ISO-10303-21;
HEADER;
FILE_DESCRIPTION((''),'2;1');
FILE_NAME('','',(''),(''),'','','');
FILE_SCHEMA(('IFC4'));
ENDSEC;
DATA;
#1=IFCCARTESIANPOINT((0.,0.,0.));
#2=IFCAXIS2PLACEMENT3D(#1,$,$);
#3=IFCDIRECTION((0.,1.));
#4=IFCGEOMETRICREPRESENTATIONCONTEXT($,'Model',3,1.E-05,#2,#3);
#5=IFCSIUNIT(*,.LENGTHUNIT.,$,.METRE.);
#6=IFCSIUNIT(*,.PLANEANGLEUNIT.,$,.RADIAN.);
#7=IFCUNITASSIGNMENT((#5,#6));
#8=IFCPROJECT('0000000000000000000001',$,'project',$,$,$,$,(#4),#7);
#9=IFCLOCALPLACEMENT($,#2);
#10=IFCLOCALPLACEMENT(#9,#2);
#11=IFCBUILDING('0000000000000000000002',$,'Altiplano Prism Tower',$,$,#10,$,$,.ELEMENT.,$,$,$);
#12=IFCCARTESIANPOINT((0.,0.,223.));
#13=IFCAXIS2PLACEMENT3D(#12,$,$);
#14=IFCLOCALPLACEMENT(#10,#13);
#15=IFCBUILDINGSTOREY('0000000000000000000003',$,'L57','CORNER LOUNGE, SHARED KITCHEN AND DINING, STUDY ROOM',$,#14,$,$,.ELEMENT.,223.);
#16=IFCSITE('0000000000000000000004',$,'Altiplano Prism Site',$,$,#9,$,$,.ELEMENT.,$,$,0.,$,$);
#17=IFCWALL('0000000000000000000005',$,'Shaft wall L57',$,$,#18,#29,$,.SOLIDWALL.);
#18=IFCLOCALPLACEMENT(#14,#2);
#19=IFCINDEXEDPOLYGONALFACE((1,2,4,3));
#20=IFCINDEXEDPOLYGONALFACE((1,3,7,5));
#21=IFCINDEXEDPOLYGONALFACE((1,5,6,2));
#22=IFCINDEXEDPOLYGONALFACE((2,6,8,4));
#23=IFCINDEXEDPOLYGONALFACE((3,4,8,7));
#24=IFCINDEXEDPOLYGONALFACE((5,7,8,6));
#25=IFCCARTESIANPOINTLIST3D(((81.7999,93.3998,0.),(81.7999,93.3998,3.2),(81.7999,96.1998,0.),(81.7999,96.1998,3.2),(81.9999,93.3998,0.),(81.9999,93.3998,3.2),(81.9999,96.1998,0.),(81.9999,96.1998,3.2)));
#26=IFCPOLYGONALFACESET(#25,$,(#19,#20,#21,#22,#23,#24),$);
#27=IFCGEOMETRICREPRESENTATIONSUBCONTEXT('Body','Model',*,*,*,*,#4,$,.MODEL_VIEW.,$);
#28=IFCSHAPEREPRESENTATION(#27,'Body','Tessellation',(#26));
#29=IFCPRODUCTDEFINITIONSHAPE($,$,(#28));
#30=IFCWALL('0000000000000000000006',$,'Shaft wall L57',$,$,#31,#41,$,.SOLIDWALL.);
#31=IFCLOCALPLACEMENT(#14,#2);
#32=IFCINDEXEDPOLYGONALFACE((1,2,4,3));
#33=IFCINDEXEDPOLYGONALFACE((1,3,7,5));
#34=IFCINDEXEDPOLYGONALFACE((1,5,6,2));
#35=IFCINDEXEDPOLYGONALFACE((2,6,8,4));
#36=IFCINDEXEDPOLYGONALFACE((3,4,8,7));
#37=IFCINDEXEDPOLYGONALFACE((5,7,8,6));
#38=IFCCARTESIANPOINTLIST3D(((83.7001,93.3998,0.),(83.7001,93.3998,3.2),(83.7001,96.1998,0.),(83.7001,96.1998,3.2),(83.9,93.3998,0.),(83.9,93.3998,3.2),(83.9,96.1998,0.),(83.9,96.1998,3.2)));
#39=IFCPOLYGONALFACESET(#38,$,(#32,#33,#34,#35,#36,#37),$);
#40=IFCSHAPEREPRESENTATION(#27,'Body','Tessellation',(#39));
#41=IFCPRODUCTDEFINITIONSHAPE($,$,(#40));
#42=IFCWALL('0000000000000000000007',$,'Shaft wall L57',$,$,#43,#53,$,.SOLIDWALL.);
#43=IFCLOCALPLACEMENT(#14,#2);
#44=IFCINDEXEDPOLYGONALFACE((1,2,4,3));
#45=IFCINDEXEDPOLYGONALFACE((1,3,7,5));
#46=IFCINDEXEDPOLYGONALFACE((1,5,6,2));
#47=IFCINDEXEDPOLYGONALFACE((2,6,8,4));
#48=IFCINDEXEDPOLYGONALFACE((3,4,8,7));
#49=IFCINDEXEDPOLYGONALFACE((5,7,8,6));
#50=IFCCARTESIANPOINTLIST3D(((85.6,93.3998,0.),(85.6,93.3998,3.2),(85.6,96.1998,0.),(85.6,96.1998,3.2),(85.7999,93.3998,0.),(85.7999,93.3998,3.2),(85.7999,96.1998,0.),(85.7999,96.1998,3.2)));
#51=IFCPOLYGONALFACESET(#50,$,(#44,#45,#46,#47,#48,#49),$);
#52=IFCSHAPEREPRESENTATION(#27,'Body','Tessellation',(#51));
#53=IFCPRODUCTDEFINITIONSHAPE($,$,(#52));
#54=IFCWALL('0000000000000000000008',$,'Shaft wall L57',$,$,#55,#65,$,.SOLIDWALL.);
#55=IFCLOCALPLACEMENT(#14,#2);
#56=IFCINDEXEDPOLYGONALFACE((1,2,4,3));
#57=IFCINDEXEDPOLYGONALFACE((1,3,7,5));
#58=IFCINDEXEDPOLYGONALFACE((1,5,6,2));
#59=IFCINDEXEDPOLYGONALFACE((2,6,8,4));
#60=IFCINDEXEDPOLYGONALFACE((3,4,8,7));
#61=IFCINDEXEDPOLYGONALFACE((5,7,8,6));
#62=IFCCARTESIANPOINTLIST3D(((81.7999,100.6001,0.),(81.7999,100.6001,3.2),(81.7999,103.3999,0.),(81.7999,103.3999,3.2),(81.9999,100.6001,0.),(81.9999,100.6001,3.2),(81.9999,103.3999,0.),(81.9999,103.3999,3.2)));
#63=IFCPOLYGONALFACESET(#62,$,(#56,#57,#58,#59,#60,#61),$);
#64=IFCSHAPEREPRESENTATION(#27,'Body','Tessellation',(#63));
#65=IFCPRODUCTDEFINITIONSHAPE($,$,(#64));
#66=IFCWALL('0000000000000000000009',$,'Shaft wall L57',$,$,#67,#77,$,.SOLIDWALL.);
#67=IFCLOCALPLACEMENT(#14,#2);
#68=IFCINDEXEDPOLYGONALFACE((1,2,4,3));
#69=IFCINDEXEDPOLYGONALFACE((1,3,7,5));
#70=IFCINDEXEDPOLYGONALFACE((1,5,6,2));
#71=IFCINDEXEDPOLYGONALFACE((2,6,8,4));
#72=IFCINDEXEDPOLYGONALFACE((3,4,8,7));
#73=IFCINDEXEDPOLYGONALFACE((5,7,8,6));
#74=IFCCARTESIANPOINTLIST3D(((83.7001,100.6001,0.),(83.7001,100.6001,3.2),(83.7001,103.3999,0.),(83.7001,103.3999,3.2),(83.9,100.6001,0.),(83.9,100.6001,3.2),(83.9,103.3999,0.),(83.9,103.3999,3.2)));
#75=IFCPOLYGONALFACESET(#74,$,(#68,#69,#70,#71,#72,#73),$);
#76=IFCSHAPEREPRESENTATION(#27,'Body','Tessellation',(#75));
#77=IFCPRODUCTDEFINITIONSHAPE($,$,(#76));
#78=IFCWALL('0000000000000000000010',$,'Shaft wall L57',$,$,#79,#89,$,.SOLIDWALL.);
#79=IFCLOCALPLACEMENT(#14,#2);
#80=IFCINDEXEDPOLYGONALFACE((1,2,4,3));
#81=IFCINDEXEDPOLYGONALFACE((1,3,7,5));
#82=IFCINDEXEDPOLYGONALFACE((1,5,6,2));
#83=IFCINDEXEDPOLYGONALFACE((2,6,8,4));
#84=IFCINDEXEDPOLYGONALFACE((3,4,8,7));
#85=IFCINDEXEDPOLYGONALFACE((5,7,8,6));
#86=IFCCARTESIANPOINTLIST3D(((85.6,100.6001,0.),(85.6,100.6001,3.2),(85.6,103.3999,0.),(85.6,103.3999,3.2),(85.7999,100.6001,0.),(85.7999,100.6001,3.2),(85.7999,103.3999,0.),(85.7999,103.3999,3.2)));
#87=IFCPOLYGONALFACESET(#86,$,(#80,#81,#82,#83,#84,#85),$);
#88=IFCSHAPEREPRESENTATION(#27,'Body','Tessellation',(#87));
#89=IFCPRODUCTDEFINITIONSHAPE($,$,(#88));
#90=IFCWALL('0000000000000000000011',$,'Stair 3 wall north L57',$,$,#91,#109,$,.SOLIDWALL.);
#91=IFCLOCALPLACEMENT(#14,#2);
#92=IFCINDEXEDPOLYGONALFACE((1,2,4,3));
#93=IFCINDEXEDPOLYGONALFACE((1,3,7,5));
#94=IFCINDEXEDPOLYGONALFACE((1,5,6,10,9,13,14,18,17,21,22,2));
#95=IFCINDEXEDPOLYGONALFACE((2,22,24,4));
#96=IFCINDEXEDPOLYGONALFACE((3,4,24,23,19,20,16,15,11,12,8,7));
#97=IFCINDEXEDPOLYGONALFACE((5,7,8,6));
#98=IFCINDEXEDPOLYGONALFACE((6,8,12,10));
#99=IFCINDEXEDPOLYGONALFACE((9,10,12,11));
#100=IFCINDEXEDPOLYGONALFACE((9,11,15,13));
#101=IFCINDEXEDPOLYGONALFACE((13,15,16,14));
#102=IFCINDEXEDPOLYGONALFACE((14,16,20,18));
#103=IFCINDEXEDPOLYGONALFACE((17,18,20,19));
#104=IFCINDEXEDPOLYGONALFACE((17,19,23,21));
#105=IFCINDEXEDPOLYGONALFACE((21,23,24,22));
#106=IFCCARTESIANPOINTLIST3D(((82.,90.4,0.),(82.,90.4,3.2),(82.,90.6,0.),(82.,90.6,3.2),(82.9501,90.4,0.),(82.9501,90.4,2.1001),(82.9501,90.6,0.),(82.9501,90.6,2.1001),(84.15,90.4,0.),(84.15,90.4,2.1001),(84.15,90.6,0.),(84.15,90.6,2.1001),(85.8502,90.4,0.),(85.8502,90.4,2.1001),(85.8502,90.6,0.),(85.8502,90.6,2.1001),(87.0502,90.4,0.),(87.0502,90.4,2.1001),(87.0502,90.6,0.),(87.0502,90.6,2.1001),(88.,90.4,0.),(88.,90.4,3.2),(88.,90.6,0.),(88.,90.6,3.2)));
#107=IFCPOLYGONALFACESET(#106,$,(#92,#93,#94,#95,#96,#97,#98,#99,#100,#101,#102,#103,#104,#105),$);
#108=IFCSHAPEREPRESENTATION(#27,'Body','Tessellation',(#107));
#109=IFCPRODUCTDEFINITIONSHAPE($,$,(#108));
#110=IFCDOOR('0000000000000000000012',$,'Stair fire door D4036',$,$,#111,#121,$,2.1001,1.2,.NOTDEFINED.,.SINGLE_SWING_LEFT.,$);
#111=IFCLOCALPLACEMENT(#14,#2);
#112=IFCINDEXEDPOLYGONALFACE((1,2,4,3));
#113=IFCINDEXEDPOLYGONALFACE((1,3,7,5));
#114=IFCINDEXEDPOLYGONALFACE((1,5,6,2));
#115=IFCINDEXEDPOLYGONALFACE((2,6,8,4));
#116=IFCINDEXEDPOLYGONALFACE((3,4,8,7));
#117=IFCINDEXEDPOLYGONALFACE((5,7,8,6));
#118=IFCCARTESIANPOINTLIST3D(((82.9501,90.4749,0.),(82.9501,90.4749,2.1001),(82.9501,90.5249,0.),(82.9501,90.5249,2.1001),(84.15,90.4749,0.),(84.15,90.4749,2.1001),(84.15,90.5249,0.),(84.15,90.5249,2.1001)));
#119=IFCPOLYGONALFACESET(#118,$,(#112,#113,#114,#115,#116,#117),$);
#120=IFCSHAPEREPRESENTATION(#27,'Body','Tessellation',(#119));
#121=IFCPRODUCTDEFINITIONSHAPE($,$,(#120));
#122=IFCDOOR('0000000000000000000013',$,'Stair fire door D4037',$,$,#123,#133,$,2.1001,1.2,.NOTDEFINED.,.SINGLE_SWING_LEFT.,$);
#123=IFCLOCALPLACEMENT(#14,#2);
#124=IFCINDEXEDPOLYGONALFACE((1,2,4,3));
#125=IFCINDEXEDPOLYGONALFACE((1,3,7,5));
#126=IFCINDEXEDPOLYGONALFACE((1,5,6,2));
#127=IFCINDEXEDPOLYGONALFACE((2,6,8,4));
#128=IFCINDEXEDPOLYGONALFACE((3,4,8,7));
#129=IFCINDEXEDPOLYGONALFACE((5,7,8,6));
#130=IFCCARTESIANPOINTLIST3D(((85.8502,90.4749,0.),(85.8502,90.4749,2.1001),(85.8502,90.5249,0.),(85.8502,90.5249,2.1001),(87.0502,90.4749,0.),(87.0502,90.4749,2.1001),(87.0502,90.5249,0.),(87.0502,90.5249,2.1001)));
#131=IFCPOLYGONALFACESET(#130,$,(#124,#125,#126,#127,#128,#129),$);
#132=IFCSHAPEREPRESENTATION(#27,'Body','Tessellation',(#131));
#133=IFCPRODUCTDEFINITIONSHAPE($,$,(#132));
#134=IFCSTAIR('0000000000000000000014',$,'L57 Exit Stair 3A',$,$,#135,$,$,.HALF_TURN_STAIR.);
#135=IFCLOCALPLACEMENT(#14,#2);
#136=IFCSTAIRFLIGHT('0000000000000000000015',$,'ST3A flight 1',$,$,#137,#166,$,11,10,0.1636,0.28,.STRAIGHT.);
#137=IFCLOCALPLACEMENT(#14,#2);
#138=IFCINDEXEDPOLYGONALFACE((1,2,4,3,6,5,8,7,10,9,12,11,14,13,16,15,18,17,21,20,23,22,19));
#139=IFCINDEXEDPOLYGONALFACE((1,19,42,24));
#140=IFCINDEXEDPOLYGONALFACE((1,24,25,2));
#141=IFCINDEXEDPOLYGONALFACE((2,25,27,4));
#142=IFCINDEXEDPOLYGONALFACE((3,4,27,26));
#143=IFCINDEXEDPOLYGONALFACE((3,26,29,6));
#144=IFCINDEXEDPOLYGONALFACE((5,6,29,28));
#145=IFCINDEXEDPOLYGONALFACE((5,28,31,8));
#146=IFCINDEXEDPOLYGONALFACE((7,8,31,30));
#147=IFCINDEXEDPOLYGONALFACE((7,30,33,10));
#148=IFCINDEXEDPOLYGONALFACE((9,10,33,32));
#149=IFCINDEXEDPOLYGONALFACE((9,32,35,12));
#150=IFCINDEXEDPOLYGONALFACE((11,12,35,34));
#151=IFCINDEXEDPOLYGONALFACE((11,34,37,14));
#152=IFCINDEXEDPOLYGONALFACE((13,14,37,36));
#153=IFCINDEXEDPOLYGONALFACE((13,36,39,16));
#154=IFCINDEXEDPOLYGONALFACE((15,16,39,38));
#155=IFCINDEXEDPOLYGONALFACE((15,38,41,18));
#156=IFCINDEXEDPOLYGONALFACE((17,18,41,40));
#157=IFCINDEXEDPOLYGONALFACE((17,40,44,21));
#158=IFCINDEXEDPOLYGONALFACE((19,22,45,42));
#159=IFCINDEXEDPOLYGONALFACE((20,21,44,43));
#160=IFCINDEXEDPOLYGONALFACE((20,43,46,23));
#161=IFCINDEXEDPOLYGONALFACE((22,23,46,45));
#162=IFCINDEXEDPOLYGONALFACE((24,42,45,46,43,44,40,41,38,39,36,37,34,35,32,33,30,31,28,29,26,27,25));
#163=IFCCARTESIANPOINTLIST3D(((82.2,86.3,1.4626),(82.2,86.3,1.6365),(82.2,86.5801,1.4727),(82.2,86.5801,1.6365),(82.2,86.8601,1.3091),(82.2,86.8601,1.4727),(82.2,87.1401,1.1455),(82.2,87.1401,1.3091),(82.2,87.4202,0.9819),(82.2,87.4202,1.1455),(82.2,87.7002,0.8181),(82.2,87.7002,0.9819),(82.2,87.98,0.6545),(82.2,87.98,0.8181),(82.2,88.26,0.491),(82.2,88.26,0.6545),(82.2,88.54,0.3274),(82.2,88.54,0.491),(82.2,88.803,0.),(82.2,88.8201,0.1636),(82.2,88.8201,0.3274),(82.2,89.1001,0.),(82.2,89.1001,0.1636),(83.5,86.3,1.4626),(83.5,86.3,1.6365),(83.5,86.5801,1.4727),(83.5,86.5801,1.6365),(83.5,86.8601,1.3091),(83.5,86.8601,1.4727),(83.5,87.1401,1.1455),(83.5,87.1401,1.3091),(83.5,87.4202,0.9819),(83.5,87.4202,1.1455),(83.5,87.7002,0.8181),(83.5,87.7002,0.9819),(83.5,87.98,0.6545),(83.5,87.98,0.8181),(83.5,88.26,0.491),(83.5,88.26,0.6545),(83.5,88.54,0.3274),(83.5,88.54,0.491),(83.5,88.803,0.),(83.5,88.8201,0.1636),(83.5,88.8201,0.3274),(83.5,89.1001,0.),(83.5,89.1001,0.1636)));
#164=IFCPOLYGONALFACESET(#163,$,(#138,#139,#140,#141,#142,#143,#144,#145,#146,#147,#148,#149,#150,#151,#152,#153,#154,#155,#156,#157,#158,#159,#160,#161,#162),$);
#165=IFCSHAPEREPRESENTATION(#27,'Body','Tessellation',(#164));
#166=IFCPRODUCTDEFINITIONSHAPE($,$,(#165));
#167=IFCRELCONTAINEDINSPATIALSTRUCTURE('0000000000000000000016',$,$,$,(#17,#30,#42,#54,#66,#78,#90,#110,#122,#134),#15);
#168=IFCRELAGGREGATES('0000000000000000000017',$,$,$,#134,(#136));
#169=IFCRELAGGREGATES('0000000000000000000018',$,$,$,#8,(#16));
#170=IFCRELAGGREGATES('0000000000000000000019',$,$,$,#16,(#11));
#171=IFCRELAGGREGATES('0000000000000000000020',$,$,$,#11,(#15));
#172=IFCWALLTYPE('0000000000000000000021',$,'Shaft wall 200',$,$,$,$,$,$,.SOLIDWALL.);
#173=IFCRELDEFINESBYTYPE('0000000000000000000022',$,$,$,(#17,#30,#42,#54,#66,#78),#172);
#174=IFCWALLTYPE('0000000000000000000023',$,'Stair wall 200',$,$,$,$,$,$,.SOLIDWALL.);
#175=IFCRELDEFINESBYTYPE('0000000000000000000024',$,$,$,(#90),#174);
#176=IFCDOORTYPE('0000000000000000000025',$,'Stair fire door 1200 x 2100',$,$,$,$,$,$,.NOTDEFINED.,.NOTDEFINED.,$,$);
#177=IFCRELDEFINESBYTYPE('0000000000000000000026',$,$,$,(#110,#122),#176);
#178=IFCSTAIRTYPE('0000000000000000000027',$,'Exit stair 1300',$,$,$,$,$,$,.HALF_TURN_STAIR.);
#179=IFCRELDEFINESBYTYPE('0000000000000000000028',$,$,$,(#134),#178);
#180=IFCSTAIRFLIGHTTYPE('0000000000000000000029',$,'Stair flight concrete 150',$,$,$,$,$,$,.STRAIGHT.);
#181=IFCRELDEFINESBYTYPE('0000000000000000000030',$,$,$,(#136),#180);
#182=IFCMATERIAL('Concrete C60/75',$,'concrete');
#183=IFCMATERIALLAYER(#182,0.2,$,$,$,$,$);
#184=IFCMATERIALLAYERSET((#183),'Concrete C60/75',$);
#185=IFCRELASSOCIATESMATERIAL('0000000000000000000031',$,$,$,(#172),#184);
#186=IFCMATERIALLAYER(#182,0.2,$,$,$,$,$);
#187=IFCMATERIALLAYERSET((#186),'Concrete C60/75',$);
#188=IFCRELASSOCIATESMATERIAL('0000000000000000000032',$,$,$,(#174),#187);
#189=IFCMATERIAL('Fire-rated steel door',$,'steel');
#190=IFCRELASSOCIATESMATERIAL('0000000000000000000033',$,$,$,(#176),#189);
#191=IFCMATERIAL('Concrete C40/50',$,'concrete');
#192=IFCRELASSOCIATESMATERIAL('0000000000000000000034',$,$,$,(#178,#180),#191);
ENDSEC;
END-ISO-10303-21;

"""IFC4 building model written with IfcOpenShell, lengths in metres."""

from ifc_helpers import new_model, si_unit, direction, frame, frame_2d, origin, place, context, subcontext, project, spatial, polyline, rectangle, outline, extrude, material, layer, layer_set, type_object, element, fill, aggregate, save


model = new_model("IFC4")

# Units and contexts
model_context = context("Model", 3, precision=1e-05, world=origin(), true_north=direction((0.0, 1.0)))
body_context = subcontext(model_context, "Body", "Model", "MODEL_VIEW")
ifc_project = project(units=[si_unit("LENGTHUNIT", "METRE"), si_unit("PLANEANGLEUNIT", "RADIAN")], contexts=[model_context])

# Site, building, storey
site_placement = place(None, origin())
site = spatial("IfcSite", under=ifc_project, at=site_placement, Name="Altiplano Prism Site", CompositionType="ELEMENT", RefElevation=0.0)
building_placement = place(site_placement, origin())
building = spatial("IfcBuilding", under=site, at=building_placement, Name="Altiplano Prism Tower", CompositionType="ELEMENT")
storey_placement = place(building_placement, frame((0.0, 0.0, 223.0)))
storey = spatial("IfcBuildingStorey", under=building, at=storey_placement, Name="L57", Description="CORNER LOUNGE, SHARED KITCHEN AND DINING, STUDY ROOM", CompositionType="ELEMENT", Elevation=223.0)

# Walls
ifc_material_1 = material(Name="Concrete C60/75", Category="concrete")
ifc_layer_1 = layer(ifc_material_1, 0.2)
ifc_layer_set_1 = layer_set([ifc_layer_1], Name="Concrete C60/75")
wall_type_1 = type_object("IfcWallType", Name="Shaft wall 200", PredefinedType="SOLIDWALL", material=ifc_layer_set_1)
for number, where, z_axis, x_axis, name in (
    (1, (81.8999, 93.3999, 0.0), (0.0, 0.0, 1.0), (0.0, 1.0, 0.0), "Shaft wall L57"),
    (2, (83.8, 93.3999, 0.0), (0.0, 0.0, 1.0), (0.0, 1.0, 0.0), "Shaft wall L57"),
    (3, (85.7, 93.3999, 0.0), (0.0, 0.0, 1.0), (0.0, 1.0, 0.0), "Shaft wall L57"),
):
    element("IfcWall", number, at=place(storey_placement, frame(where, z_axis=z_axis, x_axis=x_axis)), inside=storey, type_object=wall_type_1, Name=name, PredefinedType="SOLIDWALL", context=body_context, shape_type="SweptSolid", body=[
        extrude(rectangle(XDim=2.8, YDim=0.2, at=frame_2d((1.3999, 0.0))), origin(), (0.0, 0.0, 1.0), 3.2),
    ])
for number, where, z_axis, x_axis, name in (
    (4, (81.8999, 100.6001, 0.0), (0.0, 0.0, 1.0), (0.0, 1.0, 0.0), "Shaft wall L57"),
    (5, (83.8, 100.6001, 0.0), (0.0, 0.0, 1.0), (0.0, 1.0, 0.0), "Shaft wall L57"),
    (6, (85.7, 100.6001, 0.0), (0.0, 0.0, 1.0), (0.0, 1.0, 0.0), "Shaft wall L57"),
):
    element("IfcWall", number, at=place(storey_placement, frame(where, z_axis=z_axis, x_axis=x_axis)), inside=storey, type_object=wall_type_1, Name=name, PredefinedType="SOLIDWALL", context=body_context, shape_type="SweptSolid", body=[
        extrude(rectangle(XDim=2.7998, YDim=0.2, at=frame_2d((1.3999, 0.0))), origin(), (0.0, 0.0, 1.0), 3.2),
    ])

# Wall, openings, doors
ifc_layer_2 = layer(ifc_material_1, 0.2)
ifc_layer_set_2 = layer_set([ifc_layer_2], Name="Concrete C60/75")
wall_type_2 = type_object("IfcWallType", Name="Stair wall 200", PredefinedType="SOLIDWALL", material=ifc_layer_set_2)
wall_placement = place(storey_placement, frame((82.0, 90.5, 0.0), z_axis=(0.0, 0.0, 1.0), x_axis=(1.0, 0.0, 0.0)))
wall = element("IfcWall", 7, at=wall_placement, inside=storey, type_object=wall_type_2, Name="Stair 3 wall north L57", PredefinedType="SOLIDWALL", context=body_context, shape_type="SweptSolid", body=[
    extrude(rectangle(XDim=6.0, YDim=0.2, at=frame_2d((3.0, 0.0))), origin(), (0.0, 0.0, 1.0), 3.2),
])
opening_1_placement = place(wall_placement, frame((0.95, 0.0, 0.0)))
opening_1 = element("IfcOpeningElement", 8, at=opening_1_placement, cuts=wall, PredefinedType="OPENING", context=body_context, shape_type="SweptSolid", body=[
    extrude(rectangle(XDim=1.2, YDim=2.1001, at=frame_2d((0.6001, 1.05))), frame((0.0, 0.1104, 0.0), z_axis=(0.0, -1.0, 0.0), x_axis=(1.0, 0.0, 0.0)), (0.0, 0.0, 1.0), 0.2209),
])
opening_2_placement = place(wall_placement, frame((3.8501, 0.0, 0.0)))
opening_2 = element("IfcOpeningElement", 9, at=opening_2_placement, cuts=wall, PredefinedType="OPENING", context=body_context, shape_type="SweptSolid", body=[
    extrude(rectangle(XDim=1.2, YDim=2.1001, at=frame_2d((0.6001, 1.05))), frame((0.0, 0.1104, 0.0), z_axis=(0.0, -1.0, 0.0), x_axis=(1.0, 0.0, 0.0)), (0.0, 0.0, 1.0), 0.2209),
])
ifc_material_2 = material(Name="Fire-rated steel door", Category="steel")
door_type = type_object("IfcDoorType", Name="Stair fire door 1200 x 2100", OperationType="NOTDEFINED", PredefinedType="NOTDEFINED", material=ifc_material_2)
door_1_placement = place(opening_1_placement, origin())
door_1 = element("IfcDoor", 10, at=door_1_placement, inside=storey, type_object=door_type, Name="Stair fire door D4036", OperationType="SINGLE_SWING_LEFT", OverallHeight=2.1001, OverallWidth=1.2, PredefinedType="NOTDEFINED", context=body_context, shape_type="SweptSolid", body=[
    extrude(rectangle(XDim=1.2, YDim=2.1001, at=frame_2d((0.6001, 1.05))), frame((0.0, 0.0249, 0.0), z_axis=(0.0, -1.0, 0.0), x_axis=(1.0, 0.0, 0.0)), (0.0, 0.0, 1.0), 0.05),
])
fill(opening_1, door_1)
door_2_placement = place(opening_2_placement, origin())
door_2 = element("IfcDoor", 11, at=door_2_placement, inside=storey, type_object=door_type, Name="Stair fire door D4037", OperationType="SINGLE_SWING_LEFT", OverallHeight=2.1001, OverallWidth=1.2, PredefinedType="NOTDEFINED", context=body_context, shape_type="SweptSolid", body=[
    extrude(rectangle(XDim=1.2, YDim=2.1001, at=frame_2d((0.6001, 1.05))), frame((0.0, 0.0249, 0.0), z_axis=(0.0, -1.0, 0.0), x_axis=(1.0, 0.0, 0.0)), (0.0, 0.0, 1.0), 0.05),
])
fill(opening_2, door_2)

# Stair, stair flight
ifc_material_3 = material(Name="Concrete C40/50", Category="concrete")
stair_type = type_object("IfcStairType", Name="Exit stair 1300", PredefinedType="HALF_TURN_STAIR", material=ifc_material_3)
stair_1_placement = place(storey_placement, origin())
stair_1 = element("IfcStair", 12, at=stair_1_placement, inside=storey, type_object=stair_type, Name="L57 Exit Stair 3A", PredefinedType="HALF_TURN_STAIR")
stair_flight_type = type_object("IfcStairFlightType", Name="Stair flight concrete 150", PredefinedType="STRAIGHT", material=ifc_material_3)
stair_flight_1_placement = place(storey_placement, frame((82.8501, 89.1001, 0.0), z_axis=(0.0, 0.0, 1.0), x_axis=(0.0, -1.0, 0.0)))
stair_flight_1 = element("IfcStairFlight", 13, at=stair_flight_1_placement, type_object=stair_flight_type, Name="ST3A flight 1", NumberOfRisers=11, NumberOfTreads=10, PredefinedType="STRAIGHT", RiserHeight=0.1636, TreadLength=0.28, context=body_context, shape_type="SweptSolid", body=[
    extrude(outline(polyline([(0.0, 0.0), (0.0, 0.1636), (0.28, 0.1636), (0.28, 0.3274), (0.5601, 0.3274), (0.5601, 0.491), (0.8401, 0.491), (0.8401, 0.6545), (1.1201, 0.6545), (1.1201, 0.8181), (1.3999, 0.8181), (1.3999, 0.9819), (1.6799, 0.9819), (1.6799, 1.1455), (1.96, 1.1455), (1.96, 1.3091), (2.24, 1.3091), (2.24, 1.4727), (2.52, 1.4727), (2.52, 1.6365), (2.8, 1.6365), (2.8, 1.8), (2.8, 1.4626), (0.2971, 0.0), (0.0, 0.0)])), frame((0.0, 0.6499, 0.0), z_axis=(0.0, -1.0, 0.0), x_axis=(1.0, 0.0, 0.0)), (0.0, 0.0, 1.0), 1.3),
])
aggregate(stair_1, [stair_flight_1])

save(model, "model.ifc")
